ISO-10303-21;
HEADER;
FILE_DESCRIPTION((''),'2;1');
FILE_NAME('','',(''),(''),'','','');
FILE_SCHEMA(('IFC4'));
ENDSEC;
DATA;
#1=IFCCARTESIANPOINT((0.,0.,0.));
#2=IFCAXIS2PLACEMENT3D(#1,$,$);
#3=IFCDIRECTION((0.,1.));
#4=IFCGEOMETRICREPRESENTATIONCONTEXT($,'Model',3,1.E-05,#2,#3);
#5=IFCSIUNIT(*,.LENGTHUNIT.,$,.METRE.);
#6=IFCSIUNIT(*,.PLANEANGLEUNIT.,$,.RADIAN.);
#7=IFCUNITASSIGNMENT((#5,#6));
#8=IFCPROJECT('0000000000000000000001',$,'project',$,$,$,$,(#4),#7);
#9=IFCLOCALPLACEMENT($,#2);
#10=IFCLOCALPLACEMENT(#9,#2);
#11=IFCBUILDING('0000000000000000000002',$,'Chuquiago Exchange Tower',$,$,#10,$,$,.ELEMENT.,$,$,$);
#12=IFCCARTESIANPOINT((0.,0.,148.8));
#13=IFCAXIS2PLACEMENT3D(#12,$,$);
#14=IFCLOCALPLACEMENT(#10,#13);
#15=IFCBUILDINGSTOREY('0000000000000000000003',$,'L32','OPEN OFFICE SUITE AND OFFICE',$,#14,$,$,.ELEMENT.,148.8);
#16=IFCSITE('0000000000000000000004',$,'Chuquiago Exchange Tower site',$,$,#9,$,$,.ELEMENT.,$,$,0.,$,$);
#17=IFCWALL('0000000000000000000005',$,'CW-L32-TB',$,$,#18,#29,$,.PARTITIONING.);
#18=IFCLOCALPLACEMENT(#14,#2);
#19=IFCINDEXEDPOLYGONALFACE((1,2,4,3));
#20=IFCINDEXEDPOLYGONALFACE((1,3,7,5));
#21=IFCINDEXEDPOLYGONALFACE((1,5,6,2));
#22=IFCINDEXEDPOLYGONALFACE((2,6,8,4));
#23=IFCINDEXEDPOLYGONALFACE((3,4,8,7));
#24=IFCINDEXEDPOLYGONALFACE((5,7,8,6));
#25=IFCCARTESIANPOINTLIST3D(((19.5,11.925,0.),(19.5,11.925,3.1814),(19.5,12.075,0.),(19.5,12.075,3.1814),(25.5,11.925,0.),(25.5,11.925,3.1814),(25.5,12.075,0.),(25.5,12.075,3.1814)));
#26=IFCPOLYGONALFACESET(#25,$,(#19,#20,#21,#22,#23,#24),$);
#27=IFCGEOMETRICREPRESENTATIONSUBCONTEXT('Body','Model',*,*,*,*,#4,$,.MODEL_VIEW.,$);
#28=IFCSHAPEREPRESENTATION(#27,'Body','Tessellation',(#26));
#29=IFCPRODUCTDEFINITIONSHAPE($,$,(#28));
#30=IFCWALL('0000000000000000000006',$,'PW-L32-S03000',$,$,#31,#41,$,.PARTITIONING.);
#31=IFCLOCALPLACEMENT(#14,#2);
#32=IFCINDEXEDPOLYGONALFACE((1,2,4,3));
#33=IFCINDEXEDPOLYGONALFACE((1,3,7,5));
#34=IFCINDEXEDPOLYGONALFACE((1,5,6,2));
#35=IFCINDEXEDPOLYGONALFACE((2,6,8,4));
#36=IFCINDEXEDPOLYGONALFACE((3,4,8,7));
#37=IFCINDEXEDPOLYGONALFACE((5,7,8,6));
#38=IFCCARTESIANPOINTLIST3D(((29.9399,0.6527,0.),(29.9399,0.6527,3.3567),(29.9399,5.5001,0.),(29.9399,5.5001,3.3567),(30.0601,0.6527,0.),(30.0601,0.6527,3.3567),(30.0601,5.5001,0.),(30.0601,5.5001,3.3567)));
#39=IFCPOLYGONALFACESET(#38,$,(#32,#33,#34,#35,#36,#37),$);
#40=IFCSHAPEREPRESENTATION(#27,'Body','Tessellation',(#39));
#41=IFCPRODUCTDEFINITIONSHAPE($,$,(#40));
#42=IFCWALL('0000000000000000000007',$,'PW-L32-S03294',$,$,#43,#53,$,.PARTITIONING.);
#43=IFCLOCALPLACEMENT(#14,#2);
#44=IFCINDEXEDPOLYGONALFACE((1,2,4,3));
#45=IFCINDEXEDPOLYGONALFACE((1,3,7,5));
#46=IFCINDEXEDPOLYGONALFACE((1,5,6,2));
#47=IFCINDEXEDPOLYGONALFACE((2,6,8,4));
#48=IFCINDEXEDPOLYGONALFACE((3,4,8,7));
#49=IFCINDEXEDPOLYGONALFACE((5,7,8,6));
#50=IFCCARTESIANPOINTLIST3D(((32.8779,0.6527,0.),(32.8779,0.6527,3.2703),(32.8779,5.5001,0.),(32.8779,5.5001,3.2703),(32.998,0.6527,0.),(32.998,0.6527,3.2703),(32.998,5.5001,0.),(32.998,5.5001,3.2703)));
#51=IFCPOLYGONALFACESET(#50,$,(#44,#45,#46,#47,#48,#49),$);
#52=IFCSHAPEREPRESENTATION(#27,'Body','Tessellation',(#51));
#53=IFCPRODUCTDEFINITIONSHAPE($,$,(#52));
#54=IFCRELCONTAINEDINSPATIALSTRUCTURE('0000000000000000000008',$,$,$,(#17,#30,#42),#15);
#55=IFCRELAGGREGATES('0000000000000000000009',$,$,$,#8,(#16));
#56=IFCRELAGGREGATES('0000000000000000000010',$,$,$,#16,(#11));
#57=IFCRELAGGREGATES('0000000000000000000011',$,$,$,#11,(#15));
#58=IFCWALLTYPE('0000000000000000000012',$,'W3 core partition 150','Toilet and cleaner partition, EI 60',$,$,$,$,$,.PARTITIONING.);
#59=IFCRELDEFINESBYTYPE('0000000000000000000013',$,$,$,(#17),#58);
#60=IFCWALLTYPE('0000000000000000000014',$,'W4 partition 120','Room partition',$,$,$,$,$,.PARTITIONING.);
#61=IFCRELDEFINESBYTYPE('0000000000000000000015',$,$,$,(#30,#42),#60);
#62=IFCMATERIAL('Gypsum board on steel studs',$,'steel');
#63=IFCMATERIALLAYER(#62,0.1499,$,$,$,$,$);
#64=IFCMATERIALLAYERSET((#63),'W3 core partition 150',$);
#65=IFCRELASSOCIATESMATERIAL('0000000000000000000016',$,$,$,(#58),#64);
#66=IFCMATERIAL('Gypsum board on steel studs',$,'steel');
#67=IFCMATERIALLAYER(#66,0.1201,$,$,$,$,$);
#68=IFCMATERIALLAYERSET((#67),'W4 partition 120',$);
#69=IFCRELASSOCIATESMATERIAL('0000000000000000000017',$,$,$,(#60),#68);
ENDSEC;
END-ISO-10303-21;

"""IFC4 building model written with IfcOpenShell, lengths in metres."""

from ifc_helpers import new_model, si_unit, direction, frame, frame_2d, origin, place, context, subcontext, project, spatial, rectangle, extrude, material, layer, layer_set, type_object, element, save


model = new_model("IFC4")

# Units and contexts
model_context = context("Model", 3, precision=1e-05, world=origin(), true_north=direction((0.0, 1.0)))
body_context = subcontext(model_context, "Body", "Model", "MODEL_VIEW")
ifc_project = project(units=[si_unit("LENGTHUNIT", "METRE"), si_unit("PLANEANGLEUNIT", "RADIAN")], contexts=[model_context])

# Site, building, storey
site_placement = place(None, origin())
site = spatial("IfcSite", under=ifc_project, at=site_placement, Name="Chuquiago Exchange Tower site", CompositionType="ELEMENT", RefElevation=0.0)
building_placement = place(site_placement, origin())
building = spatial("IfcBuilding", under=site, at=building_placement, Name="Chuquiago Exchange Tower", CompositionType="ELEMENT")
storey_placement = place(building_placement, frame((0.0, 0.0, 148.8)))
storey = spatial("IfcBuildingStorey", under=building, at=storey_placement, Name="L32", Description="OPEN OFFICE SUITE AND OFFICE", CompositionType="ELEMENT", Elevation=148.8)

# Walls
ifc_material_1 = material(Name="Gypsum board on steel studs", Category="steel")
ifc_layer_1 = layer(ifc_material_1, 0.1499)
ifc_layer_set_1 = layer_set([ifc_layer_1], Name="W3 core partition 150")
wall_type_1 = type_object("IfcWallType", Name="W3 core partition 150", Description="Toilet and cleaner partition, EI 60", PredefinedType="PARTITIONING", material=ifc_layer_set_1)
wall_1_placement = place(storey_placement, frame((19.5, 12.0, 0.0), z_axis=(0.0, 0.0, 1.0), x_axis=(1.0, 0.0, 0.0)))
element("IfcWall", 1, at=wall_1_placement, inside=storey, type_object=wall_type_1, Name="CW-L32-TB", PredefinedType="PARTITIONING", context=body_context, shape_type="SweptSolid", body=[
    extrude(rectangle(XDim=6.0, YDim=0.1499, at=frame_2d((3.0, 0.0))), origin(), (0.0, 0.0, 1.0), 3.1814),
])
ifc_material_2 = material(Name="Gypsum board on steel studs", Category="steel")
ifc_layer_2 = layer(ifc_material_2, 0.1201)
ifc_layer_set_2 = layer_set([ifc_layer_2], Name="W4 partition 120")
wall_type_2 = type_object("IfcWallType", Name="W4 partition 120", Description="Room partition", PredefinedType="PARTITIONING", material=ifc_layer_set_2)
wall_2_placement = place(storey_placement, frame((30.0, 0.6526, 0.0), z_axis=(0.0, 0.0, 1.0), x_axis=(0.0, 1.0, 0.0)))
element("IfcWall", 2, at=wall_2_placement, inside=storey, type_object=wall_type_2, Name="PW-L32-S03000", PredefinedType="PARTITIONING", context=body_context, shape_type="SweptSolid", body=[
    extrude(rectangle(XDim=4.8474, YDim=0.1201, at=frame_2d((2.4238, 0.0))), origin(), (0.0, 0.0, 1.0), 3.3567),
])
wall_3_placement = place(storey_placement, frame((32.938, 0.6526, 0.0), z_axis=(0.0, 0.0, 1.0), x_axis=(0.0, 1.0, 0.0)))
element("IfcWall", 3, at=wall_3_placement, inside=storey, type_object=wall_type_2, Name="PW-L32-S03294", PredefinedType="PARTITIONING", context=body_context, shape_type="SweptSolid", body=[
    extrude(rectangle(XDim=4.8474, YDim=0.1201, at=frame_2d((2.4238, 0.0))), origin(), (0.0, 0.0, 1.0), 3.2703),
])

save(model, "model.ifc")
